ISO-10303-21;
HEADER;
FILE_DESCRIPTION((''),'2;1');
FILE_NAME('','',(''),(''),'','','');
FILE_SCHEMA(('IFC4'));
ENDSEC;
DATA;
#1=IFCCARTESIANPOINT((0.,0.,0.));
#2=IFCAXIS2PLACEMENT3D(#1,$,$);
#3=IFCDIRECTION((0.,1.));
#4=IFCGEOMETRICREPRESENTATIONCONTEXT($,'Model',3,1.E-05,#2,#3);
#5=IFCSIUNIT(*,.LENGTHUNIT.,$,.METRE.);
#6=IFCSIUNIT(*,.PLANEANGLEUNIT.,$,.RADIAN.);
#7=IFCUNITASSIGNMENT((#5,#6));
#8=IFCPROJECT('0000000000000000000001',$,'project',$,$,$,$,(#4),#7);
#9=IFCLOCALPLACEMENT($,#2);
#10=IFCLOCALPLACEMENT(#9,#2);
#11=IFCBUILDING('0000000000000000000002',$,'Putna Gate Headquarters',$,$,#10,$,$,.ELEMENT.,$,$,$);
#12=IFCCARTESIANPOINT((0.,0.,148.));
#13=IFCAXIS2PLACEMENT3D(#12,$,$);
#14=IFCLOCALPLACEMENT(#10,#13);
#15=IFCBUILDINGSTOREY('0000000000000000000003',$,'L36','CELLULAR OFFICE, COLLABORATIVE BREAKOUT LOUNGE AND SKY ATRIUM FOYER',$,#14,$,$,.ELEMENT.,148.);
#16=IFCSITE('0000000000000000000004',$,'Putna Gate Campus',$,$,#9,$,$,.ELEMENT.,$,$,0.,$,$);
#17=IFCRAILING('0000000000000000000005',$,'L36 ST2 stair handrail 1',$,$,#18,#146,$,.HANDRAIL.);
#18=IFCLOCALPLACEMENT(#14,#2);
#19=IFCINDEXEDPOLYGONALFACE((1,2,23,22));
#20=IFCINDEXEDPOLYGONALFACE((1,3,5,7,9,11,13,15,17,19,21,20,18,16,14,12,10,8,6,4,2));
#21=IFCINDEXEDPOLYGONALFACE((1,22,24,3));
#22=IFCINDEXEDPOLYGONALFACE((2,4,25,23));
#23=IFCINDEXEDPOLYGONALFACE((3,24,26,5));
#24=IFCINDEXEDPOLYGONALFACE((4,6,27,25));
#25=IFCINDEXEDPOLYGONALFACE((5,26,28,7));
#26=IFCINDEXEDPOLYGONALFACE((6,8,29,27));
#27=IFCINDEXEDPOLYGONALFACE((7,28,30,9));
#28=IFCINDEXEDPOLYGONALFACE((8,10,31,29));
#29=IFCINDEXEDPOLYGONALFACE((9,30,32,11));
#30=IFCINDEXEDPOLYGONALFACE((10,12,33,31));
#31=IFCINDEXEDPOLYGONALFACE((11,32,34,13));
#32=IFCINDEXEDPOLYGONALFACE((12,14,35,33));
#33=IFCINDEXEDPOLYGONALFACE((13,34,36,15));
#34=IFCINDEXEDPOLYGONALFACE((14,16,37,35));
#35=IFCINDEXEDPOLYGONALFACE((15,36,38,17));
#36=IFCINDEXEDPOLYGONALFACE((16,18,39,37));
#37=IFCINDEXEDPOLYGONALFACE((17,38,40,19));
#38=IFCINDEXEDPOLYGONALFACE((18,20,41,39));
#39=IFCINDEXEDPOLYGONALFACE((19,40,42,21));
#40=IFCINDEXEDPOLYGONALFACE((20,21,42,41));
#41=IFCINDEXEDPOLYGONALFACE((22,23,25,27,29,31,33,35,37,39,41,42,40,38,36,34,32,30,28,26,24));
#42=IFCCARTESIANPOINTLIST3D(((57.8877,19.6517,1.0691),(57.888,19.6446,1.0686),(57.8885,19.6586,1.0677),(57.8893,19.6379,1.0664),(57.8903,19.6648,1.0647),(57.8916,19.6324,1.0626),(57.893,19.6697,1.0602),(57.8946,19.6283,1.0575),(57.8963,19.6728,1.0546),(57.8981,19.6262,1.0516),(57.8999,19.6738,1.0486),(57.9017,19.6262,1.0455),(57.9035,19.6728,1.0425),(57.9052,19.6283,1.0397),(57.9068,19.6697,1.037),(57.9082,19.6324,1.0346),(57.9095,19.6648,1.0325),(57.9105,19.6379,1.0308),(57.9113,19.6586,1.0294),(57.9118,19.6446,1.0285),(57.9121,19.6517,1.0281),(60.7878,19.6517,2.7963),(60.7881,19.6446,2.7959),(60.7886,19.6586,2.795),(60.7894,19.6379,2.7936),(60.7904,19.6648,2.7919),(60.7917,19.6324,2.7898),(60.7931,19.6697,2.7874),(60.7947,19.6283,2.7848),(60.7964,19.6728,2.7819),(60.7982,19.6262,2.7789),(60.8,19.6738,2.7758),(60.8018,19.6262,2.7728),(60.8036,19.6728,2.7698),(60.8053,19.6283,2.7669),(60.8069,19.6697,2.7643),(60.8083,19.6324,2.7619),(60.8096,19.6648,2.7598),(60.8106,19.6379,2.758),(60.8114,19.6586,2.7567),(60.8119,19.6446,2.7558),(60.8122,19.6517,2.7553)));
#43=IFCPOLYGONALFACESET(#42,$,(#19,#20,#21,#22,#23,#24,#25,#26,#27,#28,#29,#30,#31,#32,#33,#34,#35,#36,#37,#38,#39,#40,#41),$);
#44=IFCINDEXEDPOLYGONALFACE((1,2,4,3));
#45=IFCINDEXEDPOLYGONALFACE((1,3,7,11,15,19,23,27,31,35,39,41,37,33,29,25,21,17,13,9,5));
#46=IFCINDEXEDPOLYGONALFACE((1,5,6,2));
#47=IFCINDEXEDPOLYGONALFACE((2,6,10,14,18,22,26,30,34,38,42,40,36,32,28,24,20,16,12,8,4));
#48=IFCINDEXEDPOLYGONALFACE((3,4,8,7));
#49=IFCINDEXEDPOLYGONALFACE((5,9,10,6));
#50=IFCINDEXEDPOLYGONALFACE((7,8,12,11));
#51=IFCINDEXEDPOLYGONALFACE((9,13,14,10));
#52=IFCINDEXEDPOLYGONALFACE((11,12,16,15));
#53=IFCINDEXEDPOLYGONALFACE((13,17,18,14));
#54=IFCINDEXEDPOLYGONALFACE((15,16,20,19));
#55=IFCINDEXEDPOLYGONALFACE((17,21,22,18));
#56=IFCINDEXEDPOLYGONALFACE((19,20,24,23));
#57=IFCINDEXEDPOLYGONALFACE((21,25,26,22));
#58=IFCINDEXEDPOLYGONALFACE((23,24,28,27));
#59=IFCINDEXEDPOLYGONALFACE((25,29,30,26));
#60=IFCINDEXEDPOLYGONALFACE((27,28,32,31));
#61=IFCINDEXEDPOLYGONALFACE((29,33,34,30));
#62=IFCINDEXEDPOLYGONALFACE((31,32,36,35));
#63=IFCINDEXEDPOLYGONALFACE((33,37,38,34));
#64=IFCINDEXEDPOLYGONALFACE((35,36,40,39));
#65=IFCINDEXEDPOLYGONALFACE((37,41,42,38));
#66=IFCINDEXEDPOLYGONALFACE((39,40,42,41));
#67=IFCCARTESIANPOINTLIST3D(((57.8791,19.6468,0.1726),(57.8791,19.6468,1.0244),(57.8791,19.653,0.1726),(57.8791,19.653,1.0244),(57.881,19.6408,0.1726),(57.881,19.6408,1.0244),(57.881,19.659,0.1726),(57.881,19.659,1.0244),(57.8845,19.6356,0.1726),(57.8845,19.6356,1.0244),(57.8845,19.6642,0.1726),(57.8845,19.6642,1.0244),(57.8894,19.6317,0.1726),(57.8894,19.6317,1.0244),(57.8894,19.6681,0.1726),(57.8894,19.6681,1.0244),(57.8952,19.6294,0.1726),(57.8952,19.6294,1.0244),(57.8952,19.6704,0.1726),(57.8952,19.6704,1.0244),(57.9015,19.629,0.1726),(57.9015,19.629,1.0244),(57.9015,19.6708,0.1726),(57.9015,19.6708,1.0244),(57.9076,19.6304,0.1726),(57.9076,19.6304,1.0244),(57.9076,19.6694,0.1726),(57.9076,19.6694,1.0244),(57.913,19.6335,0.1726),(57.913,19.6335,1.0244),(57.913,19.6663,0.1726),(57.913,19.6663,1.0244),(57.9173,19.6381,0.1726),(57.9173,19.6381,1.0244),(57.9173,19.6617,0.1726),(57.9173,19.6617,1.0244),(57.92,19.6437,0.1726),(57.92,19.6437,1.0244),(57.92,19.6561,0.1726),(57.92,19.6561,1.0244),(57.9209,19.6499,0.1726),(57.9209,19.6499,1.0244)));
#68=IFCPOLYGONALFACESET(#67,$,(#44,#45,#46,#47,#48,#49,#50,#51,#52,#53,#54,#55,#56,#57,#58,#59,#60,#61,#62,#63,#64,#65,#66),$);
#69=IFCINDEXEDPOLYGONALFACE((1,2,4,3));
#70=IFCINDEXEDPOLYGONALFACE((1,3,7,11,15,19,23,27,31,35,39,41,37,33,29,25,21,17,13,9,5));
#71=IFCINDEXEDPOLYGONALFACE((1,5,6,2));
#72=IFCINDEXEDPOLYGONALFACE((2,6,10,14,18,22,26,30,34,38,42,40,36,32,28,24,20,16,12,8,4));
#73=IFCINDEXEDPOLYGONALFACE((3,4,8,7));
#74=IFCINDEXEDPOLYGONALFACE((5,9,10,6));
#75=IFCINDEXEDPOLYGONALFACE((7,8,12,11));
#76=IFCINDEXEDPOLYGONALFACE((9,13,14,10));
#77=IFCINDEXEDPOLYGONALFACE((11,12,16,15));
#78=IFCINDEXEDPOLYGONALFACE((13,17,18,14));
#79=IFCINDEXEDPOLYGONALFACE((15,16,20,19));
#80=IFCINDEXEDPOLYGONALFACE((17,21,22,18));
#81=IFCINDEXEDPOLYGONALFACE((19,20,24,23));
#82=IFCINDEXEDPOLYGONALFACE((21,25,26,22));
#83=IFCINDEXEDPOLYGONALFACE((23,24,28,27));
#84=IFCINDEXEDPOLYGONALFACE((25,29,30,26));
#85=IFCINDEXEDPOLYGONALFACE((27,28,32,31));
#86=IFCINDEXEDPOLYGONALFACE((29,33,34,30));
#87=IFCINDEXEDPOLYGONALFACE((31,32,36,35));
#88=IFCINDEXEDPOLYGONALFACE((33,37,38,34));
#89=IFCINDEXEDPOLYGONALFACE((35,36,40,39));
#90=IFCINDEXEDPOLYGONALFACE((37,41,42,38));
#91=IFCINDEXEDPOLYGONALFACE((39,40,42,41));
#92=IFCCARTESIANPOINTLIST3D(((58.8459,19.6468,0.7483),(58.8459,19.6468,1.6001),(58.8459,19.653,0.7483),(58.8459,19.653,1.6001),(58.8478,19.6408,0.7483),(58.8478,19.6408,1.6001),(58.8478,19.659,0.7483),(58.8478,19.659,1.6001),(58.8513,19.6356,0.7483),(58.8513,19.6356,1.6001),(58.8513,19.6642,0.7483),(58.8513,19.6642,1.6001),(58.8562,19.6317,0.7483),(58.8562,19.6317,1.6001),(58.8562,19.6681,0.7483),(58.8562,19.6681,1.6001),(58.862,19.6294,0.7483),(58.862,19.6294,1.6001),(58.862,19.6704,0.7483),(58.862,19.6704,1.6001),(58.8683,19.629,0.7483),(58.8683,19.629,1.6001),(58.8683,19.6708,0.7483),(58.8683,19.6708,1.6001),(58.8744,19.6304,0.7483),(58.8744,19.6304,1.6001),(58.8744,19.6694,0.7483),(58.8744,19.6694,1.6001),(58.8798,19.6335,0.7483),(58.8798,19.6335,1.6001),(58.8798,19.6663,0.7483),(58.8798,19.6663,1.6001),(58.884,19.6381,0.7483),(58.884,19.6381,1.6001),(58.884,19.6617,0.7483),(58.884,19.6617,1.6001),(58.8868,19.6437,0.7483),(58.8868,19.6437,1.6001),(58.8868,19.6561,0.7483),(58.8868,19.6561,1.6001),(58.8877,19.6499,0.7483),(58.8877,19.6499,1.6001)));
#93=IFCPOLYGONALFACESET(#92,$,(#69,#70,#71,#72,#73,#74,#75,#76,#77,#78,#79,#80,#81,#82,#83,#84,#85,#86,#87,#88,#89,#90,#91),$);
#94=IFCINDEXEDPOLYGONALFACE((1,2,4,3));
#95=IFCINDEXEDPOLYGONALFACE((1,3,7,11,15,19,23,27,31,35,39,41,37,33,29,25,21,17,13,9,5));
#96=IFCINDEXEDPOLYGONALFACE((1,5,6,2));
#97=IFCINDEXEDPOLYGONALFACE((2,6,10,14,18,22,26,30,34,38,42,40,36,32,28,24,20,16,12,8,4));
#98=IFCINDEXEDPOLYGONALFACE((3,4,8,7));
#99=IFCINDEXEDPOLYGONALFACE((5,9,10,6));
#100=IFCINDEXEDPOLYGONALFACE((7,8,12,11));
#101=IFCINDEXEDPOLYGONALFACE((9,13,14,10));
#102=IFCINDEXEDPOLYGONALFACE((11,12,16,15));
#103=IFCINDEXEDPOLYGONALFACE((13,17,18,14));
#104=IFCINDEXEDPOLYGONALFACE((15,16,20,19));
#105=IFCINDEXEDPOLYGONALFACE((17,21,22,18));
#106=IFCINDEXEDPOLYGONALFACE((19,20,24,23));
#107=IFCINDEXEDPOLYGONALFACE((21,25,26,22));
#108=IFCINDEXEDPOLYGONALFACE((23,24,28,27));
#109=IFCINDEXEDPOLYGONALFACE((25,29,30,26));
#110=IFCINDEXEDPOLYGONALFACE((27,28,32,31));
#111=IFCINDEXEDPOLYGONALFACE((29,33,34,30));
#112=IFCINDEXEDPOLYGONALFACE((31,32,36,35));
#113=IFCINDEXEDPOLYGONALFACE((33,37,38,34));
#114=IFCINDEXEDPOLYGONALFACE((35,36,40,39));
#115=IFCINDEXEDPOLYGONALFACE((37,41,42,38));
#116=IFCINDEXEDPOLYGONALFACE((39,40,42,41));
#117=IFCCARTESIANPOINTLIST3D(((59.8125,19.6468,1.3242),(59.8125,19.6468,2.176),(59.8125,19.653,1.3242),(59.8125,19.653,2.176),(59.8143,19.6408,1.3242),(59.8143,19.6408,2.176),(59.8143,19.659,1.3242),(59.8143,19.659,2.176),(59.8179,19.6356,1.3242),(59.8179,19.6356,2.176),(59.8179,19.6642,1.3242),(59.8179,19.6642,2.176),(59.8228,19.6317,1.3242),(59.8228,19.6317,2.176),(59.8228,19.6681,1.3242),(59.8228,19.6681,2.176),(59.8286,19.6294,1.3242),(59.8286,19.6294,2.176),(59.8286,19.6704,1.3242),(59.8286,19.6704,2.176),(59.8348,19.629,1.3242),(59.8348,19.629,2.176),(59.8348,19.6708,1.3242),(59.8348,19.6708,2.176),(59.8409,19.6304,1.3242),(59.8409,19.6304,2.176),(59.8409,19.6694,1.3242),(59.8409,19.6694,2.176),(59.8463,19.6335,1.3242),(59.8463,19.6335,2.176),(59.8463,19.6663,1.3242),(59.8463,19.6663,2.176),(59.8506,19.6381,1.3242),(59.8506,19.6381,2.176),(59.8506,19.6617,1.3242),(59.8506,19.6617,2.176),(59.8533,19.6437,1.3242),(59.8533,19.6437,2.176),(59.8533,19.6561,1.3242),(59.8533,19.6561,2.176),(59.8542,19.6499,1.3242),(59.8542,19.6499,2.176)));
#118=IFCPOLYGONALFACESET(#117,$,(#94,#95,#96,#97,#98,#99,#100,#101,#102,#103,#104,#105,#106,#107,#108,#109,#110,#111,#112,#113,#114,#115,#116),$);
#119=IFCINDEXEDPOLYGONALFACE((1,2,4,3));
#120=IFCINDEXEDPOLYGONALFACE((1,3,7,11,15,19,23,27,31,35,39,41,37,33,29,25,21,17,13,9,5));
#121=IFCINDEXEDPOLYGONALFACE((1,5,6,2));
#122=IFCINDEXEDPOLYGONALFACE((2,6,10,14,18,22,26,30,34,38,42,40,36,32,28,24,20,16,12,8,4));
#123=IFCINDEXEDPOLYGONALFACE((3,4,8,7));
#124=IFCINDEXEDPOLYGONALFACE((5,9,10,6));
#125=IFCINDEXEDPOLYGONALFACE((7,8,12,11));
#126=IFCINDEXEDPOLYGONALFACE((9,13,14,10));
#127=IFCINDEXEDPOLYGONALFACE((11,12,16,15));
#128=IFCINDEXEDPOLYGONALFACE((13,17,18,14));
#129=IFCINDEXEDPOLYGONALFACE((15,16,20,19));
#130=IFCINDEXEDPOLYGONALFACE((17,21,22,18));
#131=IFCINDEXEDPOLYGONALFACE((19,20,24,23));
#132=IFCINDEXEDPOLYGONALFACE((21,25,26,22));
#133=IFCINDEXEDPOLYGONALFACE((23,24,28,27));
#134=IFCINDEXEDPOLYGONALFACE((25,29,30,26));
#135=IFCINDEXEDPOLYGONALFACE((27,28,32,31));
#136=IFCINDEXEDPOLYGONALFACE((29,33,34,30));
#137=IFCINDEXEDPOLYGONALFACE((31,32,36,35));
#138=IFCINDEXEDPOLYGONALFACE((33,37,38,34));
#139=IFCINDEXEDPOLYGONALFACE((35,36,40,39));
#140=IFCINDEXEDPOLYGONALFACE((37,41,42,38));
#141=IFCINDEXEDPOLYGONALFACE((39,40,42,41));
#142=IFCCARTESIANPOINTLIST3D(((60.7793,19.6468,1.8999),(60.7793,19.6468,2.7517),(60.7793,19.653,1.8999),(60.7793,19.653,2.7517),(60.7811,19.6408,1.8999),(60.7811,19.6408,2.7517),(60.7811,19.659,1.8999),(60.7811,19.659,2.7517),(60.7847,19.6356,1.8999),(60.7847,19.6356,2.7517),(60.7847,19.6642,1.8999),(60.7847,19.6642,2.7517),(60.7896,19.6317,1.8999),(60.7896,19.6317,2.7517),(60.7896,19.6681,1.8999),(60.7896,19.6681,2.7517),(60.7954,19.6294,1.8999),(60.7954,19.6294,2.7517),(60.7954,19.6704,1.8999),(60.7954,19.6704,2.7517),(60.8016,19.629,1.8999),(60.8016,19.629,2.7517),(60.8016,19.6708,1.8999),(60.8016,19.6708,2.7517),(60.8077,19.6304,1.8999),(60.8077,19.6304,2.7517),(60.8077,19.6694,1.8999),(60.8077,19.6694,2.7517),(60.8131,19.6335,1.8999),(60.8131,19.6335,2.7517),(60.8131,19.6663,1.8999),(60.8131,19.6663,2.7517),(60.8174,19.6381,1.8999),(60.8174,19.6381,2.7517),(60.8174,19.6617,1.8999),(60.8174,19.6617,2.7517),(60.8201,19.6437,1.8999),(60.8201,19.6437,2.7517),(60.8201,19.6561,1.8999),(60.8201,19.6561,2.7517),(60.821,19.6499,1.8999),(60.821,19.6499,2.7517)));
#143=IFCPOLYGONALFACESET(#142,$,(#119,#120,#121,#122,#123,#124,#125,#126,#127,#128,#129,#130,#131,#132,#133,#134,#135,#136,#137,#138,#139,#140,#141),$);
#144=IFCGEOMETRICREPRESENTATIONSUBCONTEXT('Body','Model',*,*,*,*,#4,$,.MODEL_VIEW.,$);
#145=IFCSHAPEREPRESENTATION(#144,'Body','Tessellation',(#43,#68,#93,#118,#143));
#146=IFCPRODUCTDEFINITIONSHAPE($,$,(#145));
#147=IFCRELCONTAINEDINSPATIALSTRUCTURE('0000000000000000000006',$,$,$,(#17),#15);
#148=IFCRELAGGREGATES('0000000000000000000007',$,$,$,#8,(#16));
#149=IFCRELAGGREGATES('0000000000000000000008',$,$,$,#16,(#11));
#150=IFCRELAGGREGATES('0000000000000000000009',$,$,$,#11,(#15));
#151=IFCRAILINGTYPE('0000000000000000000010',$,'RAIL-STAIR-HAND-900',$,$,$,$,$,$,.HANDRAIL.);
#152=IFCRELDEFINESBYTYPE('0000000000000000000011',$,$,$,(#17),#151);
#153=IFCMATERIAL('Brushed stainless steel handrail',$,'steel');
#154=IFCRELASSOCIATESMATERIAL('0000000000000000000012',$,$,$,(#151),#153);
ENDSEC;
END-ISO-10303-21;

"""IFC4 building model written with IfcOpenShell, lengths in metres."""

from ifc_helpers import new_model, si_unit, direction, frame, origin, origin_2d, place, context, subcontext, project, spatial, circle, extrude, material, type_object, element, save


model = new_model("IFC4")

# Units and contexts
model_context = context("Model", 3, precision=1e-05, world=origin(), true_north=direction((0.0, 1.0)))
body_context = subcontext(model_context, "Body", "Model", "MODEL_VIEW")
ifc_project = project(units=[si_unit("LENGTHUNIT", "METRE"), si_unit("PLANEANGLEUNIT", "RADIAN")], contexts=[model_context])

# Site, building, storey
site_placement = place(None, origin())
site = spatial("IfcSite", under=ifc_project, at=site_placement, Name="Putna Gate Campus", CompositionType="ELEMENT", RefElevation=0.0)
building_placement = place(site_placement, origin())
building = spatial("IfcBuilding", under=site, at=building_placement, Name="Putna Gate Headquarters", CompositionType="ELEMENT")
storey_placement = place(building_placement, frame((0.0, 0.0, 148.0)))
storey = spatial("IfcBuildingStorey", under=building, at=storey_placement, Name="L36", Description="CELLULAR OFFICE, COLLABORATIVE BREAKOUT LOUNGE AND SKY ATRIUM FOYER", CompositionType="ELEMENT", Elevation=148.0)

# Railing
ifc_material_1 = material(Name="Brushed stainless steel handrail", Category="steel")
railing_type_1 = type_object("IfcRailingType", Name="RAIL-STAIR-HAND-900", PredefinedType="HANDRAIL", material=ifc_material_1)
railing_1_placement = place(storey_placement, frame((57.8999, 19.6499, 0.1726)))
element("IfcRailing", 1, at=railing_1_placement, inside=storey, type_object=railing_type_1, Name="L36 ST2 stair handrail 1", PredefinedType="HANDRAIL", context=body_context, shape_type="SweptSolid", body=[
    extrude(circle(Radius=0.0239, at=origin_2d()), frame((0.0, 0.0, 0.876), z_axis=(0.85916, 0.0, 0.511706), x_axis=(0.0, 1.0, 0.0)), (0.0, 0.0, 1.0), 3.3755),
    extrude(circle(Radius=0.021, at=origin_2d()), origin(), (0.0, 0.0, 1.0), 0.8518),
    extrude(circle(Radius=0.021, at=origin_2d()), frame((0.9668, 0.0, 0.5757)), (0.0, 0.0, 1.0), 0.8518),
    extrude(circle(Radius=0.021, at=origin_2d()), frame((1.9333, 0.0, 1.1516)), (0.0, 0.0, 1.0), 0.8518),
    extrude(circle(Radius=0.021, at=origin_2d()), frame((2.9001, 0.0, 1.7273)), (0.0, 0.0, 1.0), 0.8518),
])

save(model, "model.ifc")
